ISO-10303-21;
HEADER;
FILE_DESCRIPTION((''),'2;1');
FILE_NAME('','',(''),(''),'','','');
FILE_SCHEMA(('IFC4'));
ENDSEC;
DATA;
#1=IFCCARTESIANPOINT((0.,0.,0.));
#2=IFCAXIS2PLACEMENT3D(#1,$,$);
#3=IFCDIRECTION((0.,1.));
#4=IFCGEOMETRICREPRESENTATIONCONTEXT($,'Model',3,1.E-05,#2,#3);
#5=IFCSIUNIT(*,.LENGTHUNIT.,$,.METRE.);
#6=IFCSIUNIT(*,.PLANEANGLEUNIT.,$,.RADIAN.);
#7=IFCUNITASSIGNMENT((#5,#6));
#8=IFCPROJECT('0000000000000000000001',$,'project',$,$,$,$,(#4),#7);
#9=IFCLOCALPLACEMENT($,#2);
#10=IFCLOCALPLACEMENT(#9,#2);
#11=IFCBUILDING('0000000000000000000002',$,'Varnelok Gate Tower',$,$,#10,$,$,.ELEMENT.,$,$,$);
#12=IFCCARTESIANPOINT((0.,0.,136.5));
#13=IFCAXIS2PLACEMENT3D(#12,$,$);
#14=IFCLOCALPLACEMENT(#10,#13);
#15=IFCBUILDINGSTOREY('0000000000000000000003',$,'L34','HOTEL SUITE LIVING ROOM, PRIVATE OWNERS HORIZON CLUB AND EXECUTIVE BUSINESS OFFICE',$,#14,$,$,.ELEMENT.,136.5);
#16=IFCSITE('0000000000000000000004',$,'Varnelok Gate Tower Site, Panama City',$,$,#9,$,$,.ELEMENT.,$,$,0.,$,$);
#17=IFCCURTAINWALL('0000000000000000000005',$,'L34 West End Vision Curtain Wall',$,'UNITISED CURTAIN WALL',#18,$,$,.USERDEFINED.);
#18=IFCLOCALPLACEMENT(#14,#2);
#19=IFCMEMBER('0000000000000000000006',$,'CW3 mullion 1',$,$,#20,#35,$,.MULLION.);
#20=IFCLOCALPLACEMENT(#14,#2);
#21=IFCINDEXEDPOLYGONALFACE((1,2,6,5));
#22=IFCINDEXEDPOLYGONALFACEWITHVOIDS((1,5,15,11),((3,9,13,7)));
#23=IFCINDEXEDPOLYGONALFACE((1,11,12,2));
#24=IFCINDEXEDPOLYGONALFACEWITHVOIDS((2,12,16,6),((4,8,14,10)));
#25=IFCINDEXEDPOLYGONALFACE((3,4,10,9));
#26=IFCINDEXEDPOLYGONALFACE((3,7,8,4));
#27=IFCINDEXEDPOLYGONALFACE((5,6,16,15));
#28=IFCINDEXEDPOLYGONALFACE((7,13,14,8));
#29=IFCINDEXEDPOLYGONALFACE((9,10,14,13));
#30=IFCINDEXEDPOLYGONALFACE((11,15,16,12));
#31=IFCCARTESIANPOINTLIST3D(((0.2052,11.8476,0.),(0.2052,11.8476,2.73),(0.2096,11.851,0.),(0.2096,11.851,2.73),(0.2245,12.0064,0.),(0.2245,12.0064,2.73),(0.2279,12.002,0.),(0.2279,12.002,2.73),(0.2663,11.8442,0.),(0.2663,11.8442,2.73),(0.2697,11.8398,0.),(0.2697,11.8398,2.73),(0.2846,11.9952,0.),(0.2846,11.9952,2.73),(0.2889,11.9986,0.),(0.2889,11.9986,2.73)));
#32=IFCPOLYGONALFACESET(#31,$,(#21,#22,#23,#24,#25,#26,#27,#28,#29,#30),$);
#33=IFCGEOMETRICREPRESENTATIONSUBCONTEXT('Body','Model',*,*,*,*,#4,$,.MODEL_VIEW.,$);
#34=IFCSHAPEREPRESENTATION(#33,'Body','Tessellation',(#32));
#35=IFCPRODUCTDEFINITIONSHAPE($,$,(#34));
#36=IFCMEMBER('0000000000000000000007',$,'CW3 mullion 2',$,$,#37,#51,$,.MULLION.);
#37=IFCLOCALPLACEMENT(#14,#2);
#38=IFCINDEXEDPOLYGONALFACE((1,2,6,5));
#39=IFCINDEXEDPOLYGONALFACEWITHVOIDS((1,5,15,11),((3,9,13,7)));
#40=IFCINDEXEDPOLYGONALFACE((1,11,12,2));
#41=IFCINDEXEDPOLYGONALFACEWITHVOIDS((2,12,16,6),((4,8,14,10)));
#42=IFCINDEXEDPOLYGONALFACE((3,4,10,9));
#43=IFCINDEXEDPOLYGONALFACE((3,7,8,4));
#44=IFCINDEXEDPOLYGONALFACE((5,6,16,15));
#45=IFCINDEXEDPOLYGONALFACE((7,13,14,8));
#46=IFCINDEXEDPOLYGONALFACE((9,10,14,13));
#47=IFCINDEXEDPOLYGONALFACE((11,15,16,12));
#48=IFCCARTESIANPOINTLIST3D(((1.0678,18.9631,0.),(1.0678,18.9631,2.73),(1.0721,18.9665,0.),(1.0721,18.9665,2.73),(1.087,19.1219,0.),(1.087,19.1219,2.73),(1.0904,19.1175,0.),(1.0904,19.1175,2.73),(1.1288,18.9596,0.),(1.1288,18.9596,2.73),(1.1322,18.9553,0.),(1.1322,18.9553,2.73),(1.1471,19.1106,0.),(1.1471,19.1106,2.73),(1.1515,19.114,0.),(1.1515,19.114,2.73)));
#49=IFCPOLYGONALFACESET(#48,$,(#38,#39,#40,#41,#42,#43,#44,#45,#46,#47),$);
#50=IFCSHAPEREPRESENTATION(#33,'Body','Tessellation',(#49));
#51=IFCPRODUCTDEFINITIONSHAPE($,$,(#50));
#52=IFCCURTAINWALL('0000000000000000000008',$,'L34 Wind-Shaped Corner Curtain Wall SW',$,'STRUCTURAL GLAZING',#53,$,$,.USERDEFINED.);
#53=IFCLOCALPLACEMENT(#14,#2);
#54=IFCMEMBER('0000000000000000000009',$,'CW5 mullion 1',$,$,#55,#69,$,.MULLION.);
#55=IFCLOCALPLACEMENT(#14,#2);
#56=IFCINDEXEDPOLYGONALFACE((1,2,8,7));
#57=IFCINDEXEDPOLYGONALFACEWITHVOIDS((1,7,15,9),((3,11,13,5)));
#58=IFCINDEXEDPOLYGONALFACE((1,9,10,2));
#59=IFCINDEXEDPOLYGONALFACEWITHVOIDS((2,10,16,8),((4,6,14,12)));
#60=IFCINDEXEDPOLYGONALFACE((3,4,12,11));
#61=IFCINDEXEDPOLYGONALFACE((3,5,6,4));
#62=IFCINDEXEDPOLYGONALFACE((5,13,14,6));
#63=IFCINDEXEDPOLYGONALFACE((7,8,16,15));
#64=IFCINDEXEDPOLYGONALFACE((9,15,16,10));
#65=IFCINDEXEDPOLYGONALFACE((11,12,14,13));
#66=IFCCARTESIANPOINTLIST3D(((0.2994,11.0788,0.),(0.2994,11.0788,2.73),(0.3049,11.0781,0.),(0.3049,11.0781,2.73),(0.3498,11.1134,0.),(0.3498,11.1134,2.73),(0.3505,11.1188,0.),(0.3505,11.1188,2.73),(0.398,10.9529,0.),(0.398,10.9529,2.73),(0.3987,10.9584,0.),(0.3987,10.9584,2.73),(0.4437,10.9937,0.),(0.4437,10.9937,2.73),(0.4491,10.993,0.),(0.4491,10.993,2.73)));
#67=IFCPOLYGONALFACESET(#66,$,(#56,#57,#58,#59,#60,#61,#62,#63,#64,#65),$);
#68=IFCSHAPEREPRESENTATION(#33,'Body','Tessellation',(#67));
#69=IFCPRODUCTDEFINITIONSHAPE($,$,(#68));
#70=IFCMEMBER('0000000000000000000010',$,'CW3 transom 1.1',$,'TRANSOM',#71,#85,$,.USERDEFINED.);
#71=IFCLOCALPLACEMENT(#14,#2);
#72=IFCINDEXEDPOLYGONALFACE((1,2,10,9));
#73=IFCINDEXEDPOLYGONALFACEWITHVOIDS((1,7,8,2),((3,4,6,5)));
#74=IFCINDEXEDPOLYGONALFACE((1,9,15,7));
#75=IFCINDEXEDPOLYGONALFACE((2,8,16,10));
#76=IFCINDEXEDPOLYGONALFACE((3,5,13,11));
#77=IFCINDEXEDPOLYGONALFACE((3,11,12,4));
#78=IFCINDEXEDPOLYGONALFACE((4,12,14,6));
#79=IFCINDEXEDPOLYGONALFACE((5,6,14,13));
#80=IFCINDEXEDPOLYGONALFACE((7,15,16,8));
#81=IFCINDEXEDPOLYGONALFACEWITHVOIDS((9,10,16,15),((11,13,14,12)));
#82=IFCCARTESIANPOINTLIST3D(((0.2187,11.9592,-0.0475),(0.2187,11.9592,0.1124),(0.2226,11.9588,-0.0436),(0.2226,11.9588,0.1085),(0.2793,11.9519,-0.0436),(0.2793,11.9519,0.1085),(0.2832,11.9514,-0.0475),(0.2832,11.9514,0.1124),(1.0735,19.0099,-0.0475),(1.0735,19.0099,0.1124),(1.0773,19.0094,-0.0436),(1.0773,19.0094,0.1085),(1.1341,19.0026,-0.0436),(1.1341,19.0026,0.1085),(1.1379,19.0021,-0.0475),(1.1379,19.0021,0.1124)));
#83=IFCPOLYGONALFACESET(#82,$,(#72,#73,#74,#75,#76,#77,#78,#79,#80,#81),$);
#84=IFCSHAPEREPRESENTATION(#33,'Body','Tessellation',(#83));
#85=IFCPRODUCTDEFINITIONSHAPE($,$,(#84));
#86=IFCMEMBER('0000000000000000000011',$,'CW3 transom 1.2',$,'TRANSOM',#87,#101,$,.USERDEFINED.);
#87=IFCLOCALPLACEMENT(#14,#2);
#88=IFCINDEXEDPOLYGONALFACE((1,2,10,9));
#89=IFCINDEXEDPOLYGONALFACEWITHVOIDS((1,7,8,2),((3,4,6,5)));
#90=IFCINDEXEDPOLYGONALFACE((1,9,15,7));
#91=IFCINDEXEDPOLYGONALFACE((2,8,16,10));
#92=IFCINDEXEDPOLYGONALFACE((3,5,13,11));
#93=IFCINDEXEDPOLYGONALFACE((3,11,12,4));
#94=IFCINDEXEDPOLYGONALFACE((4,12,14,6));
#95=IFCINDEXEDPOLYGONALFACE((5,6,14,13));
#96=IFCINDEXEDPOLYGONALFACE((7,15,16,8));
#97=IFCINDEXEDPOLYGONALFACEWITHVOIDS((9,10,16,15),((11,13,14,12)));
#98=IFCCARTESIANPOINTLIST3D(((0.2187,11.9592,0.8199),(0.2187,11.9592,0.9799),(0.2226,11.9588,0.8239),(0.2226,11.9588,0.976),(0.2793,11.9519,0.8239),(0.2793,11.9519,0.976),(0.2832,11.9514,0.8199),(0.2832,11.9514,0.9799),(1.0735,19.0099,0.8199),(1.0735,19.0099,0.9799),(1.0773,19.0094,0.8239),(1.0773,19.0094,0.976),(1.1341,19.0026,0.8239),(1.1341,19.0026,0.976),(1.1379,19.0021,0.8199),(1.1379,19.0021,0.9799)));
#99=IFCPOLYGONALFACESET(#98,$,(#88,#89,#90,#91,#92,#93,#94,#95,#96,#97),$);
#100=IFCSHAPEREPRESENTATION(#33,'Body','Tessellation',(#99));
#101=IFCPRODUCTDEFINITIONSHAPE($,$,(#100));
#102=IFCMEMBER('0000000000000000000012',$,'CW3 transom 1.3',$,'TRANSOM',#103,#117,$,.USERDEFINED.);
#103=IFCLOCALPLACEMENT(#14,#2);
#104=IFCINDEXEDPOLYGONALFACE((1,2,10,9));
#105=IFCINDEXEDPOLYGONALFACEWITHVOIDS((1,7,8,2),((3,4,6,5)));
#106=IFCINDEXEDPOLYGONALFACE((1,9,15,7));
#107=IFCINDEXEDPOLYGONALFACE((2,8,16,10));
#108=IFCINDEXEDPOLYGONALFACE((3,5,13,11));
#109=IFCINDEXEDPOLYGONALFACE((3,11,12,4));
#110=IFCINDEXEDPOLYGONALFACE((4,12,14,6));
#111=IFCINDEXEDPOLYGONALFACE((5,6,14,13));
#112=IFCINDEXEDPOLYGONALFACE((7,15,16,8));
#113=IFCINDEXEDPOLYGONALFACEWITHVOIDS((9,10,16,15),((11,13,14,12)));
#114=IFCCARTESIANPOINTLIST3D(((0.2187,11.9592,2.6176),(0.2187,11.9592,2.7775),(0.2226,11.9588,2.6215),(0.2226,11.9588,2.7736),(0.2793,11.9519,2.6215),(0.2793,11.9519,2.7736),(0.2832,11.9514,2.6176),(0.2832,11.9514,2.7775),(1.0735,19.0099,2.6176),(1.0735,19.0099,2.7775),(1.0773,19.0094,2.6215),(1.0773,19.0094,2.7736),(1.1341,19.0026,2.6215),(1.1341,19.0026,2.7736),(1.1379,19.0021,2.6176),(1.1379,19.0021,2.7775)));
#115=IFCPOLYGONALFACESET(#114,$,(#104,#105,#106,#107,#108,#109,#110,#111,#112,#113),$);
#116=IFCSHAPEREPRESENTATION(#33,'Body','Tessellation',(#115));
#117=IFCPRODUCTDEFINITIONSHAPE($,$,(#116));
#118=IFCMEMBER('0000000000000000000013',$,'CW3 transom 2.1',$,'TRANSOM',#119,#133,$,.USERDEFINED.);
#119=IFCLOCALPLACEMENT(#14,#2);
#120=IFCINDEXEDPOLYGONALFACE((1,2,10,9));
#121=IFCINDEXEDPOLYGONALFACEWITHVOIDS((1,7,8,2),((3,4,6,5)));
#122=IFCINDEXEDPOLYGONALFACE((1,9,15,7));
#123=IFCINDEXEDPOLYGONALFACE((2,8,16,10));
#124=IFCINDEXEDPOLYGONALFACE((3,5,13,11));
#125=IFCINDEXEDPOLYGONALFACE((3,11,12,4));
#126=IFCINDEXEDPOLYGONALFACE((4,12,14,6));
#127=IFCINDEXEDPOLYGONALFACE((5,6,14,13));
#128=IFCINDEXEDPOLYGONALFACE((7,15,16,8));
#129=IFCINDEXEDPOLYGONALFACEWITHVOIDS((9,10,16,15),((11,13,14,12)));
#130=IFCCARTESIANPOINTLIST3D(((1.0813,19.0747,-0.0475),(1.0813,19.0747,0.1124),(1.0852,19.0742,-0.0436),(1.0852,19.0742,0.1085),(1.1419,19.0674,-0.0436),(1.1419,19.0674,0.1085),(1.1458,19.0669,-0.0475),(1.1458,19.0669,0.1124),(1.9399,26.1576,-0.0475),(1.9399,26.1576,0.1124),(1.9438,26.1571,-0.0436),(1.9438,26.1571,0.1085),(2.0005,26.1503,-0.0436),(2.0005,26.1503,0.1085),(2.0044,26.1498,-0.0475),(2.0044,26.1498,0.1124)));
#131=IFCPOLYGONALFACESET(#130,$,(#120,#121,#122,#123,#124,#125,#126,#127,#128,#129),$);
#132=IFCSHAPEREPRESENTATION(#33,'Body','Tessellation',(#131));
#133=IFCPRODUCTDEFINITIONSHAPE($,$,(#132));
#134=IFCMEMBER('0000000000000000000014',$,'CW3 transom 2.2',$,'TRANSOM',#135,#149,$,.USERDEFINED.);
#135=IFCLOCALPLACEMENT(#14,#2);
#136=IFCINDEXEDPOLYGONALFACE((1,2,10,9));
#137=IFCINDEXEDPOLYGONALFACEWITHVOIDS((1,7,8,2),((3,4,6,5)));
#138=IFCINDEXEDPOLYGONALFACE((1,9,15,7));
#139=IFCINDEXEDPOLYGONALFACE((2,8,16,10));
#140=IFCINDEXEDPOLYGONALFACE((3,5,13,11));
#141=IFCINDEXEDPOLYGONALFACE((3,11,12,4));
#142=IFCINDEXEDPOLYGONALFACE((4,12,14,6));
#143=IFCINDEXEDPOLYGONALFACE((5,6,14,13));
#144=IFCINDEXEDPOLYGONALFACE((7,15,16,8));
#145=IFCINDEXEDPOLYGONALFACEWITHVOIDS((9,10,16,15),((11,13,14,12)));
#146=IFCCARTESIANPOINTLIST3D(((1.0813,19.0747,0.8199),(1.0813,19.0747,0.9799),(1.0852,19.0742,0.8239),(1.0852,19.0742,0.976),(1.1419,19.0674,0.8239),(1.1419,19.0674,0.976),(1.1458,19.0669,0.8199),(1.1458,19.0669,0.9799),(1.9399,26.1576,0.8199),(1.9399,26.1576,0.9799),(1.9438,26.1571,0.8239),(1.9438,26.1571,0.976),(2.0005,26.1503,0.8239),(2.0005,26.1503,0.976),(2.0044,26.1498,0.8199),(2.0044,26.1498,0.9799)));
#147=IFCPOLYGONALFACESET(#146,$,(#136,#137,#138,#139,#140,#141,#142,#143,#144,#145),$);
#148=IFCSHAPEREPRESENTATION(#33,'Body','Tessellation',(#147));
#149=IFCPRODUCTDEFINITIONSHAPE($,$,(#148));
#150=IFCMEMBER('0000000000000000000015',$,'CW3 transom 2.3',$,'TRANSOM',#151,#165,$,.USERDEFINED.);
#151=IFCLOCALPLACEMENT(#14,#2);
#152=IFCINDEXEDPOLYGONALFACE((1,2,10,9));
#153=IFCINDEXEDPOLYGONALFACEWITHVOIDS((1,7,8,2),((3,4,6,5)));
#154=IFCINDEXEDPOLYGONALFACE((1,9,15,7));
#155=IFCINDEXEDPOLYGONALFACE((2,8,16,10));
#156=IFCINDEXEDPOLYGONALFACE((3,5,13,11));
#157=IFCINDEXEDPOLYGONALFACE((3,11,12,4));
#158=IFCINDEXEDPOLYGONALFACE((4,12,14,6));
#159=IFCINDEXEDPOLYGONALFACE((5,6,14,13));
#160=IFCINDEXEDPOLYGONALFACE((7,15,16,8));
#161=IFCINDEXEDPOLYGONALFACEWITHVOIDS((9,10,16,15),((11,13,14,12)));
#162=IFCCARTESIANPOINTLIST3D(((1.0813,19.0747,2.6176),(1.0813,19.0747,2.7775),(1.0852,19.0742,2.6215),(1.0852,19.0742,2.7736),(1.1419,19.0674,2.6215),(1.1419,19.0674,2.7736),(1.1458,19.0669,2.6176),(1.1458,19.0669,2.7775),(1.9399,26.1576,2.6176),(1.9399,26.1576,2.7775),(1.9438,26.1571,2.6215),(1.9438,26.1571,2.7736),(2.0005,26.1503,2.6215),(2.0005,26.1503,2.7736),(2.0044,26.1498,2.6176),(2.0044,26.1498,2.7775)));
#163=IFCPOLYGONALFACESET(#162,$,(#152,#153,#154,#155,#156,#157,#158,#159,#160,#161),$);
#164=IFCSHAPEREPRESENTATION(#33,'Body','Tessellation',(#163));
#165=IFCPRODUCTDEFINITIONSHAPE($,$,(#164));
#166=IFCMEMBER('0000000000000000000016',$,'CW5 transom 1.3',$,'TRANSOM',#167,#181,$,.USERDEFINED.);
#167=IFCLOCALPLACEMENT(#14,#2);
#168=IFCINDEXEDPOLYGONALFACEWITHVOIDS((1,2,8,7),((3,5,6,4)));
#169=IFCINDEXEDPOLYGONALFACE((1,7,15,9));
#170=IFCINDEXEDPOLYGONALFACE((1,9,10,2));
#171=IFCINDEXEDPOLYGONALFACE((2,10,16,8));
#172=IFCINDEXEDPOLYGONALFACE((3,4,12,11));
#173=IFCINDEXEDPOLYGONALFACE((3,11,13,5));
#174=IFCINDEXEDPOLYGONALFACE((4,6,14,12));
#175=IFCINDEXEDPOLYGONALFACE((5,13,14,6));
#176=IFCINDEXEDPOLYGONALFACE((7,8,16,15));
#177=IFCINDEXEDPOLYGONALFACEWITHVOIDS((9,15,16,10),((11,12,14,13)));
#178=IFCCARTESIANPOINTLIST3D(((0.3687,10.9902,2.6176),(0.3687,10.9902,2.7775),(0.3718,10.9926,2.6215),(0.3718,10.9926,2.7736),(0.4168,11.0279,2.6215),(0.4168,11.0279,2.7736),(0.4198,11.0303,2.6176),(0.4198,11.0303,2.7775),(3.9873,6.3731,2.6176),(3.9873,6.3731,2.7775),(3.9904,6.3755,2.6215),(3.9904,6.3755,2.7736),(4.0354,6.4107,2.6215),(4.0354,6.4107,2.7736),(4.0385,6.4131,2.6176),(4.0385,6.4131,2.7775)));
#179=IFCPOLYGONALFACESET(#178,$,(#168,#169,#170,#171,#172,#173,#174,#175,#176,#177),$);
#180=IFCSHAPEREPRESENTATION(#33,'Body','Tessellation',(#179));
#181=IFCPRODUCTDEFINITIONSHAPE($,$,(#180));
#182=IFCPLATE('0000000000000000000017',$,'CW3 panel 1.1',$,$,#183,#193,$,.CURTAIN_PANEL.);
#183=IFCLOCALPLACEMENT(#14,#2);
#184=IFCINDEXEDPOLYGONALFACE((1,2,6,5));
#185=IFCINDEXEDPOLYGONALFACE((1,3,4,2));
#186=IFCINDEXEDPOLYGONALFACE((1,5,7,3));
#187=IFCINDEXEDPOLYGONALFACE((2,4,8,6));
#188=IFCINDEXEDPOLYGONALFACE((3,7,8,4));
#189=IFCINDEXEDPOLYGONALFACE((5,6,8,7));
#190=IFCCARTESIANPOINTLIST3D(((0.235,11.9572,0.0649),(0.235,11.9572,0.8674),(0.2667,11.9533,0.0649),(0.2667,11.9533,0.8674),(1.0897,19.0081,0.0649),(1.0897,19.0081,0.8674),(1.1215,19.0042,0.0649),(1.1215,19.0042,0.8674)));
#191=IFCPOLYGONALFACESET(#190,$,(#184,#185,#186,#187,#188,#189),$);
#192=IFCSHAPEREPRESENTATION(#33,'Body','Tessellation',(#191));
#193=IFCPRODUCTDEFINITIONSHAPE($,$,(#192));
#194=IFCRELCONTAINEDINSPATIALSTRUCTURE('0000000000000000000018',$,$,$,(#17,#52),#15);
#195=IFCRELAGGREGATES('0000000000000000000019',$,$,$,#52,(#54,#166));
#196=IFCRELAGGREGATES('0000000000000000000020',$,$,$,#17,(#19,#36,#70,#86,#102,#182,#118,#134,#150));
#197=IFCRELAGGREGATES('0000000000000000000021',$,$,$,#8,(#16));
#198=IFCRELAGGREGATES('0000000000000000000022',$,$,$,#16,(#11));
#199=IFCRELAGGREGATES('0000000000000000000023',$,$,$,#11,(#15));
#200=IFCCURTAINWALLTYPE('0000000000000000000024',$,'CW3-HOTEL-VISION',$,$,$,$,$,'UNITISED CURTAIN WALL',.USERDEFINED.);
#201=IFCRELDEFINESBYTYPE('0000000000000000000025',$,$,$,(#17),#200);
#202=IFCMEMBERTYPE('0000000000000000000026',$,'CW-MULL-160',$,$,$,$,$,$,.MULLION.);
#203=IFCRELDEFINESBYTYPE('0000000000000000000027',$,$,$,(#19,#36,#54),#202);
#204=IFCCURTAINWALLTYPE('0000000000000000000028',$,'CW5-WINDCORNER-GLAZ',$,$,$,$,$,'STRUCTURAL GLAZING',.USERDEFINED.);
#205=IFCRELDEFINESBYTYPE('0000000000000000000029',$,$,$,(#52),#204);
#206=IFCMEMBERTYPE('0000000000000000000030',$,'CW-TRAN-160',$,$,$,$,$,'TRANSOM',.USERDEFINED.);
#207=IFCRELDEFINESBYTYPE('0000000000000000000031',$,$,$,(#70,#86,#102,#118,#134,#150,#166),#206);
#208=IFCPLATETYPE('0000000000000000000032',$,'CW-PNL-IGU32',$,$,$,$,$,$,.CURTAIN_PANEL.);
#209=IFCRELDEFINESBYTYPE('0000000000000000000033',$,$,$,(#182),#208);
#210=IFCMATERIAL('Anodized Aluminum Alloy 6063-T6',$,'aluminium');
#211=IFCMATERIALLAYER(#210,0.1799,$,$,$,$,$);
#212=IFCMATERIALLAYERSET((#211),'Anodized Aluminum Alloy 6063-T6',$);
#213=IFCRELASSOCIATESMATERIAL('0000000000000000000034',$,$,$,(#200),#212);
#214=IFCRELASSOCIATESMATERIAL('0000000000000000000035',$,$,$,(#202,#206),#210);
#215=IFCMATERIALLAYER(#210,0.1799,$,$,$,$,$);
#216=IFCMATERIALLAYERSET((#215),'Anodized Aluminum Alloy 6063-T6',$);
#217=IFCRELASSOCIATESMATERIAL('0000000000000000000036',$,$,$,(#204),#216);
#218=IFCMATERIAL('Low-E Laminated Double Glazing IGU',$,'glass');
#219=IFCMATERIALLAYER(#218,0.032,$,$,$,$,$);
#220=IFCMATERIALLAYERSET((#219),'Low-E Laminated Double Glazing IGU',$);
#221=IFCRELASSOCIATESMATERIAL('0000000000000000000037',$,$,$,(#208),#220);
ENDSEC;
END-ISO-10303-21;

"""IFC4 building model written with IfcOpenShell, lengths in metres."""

from ifc_helpers import new_model, si_unit, direction, frame, origin, origin_2d, place, context, subcontext, project, spatial, rectangle, hollow_rectangle, extrude, source, transform, mapped, material, layer, layer_set, material_profile, profile_set, type_object, element, aggregate, save


model = new_model("IFC4")

# Units and contexts
model_context = context("Model", 3, precision=1e-05, world=origin(), true_north=direction((0.0, 1.0)))
body_context = subcontext(model_context, "Body", "Model", "MODEL_VIEW")
ifc_project = project(units=[si_unit("LENGTHUNIT", "METRE"), si_unit("PLANEANGLEUNIT", "RADIAN")], contexts=[model_context])

# Site, building, storey
site_placement = place(None, origin())
site = spatial("IfcSite", under=ifc_project, at=site_placement, Name="Varnelok Gate Tower Site, Panama City", CompositionType="ELEMENT", RefElevation=0.0)
building_placement = place(site_placement, origin())
building = spatial("IfcBuilding", under=site, at=building_placement, Name="Varnelok Gate Tower", CompositionType="ELEMENT")
storey_placement = place(building_placement, frame((0.0, 0.0, 136.5)))
storey = spatial("IfcBuildingStorey", under=building, at=storey_placement, Name="L34", Description="HOTEL SUITE LIVING ROOM, PRIVATE OWNERS HORIZON CLUB AND EXECUTIVE BUSINESS OFFICE", CompositionType="ELEMENT", Elevation=136.5)

# Curtain wall, members
ifc_material_1 = material(Name="Anodized Aluminum Alloy 6063-T6", Category="aluminium")
ifc_layer_1 = layer(ifc_material_1, 0.1799)
ifc_layer_set_1 = layer_set([ifc_layer_1], Name="Anodized Aluminum Alloy 6063-T6")
curtain_wall_type_1 = type_object("IfcCurtainWallType", Name="CW3-HOTEL-VISION", ElementType="UNITISED CURTAIN WALL", PredefinedType="USERDEFINED", material=ifc_layer_set_1)
curtain_wall_1_placement = place(storey_placement, origin())
curtain_wall_1 = element("IfcCurtainWall", 1, at=curtain_wall_1_placement, inside=storey, type_object=curtain_wall_type_1, Name="L34 West End Vision Curtain Wall", ObjectType="UNITISED CURTAIN WALL", PredefinedType="USERDEFINED")
ifc_material_profile_1 = material_profile(ifc_material_1, hollow_rectangle(XDim=0.0649, YDim=0.1599, WallThickness=0.0039, at=origin_2d()), Name="ALU160X65X4")
ifc_profile_set_1 = profile_set([ifc_material_profile_1], Name="Anodized Aluminum Alloy 6063-T6")
member_type_1 = type_object("IfcMemberType", Name="CW-MULL-160", PredefinedType="MULLION", material=ifc_profile_set_1)
member_1_placement = place(storey_placement, frame((0.2471, 11.9231, 0.0), z_axis=(0.0, 0.0, 1.0), x_axis=(-0.992732, 0.120347, 0.0)))
member_1 = element("IfcMember", 2, at=member_1_placement, type_object=member_type_1, Name="CW3 mullion 1", PredefinedType="MULLION", context=body_context, shape_type="SweptSolid", body=[
    extrude(hollow_rectangle(XDim=0.0649, YDim=0.1599, WallThickness=0.0039, at=origin_2d()), origin(), (0.0, 0.0, 1.0), 2.73),
])
member_2_placement = place(storey_placement, frame((1.1096, 19.0386, 0.0), z_axis=(0.0, 0.0, 1.0), x_axis=(-0.992732, 0.120347, 0.0)))
member_2 = element("IfcMember", 3, at=member_2_placement, type_object=member_type_1, Name="CW3 mullion 2", PredefinedType="MULLION", context=body_context, shape_type="SweptSolid", body=[
    extrude(hollow_rectangle(XDim=0.0649, YDim=0.1599, WallThickness=0.0039, at=origin_2d()), origin(), (0.0, 0.0, 1.0), 2.73),
])

# Curtain wall, member
ifc_layer_2 = layer(ifc_material_1, 0.1799)
ifc_layer_set_2 = layer_set([ifc_layer_2], Name="Anodized Aluminum Alloy 6063-T6")
curtain_wall_type_2 = type_object("IfcCurtainWallType", Name="CW5-WINDCORNER-GLAZ", ElementType="STRUCTURAL GLAZING", PredefinedType="USERDEFINED", material=ifc_layer_set_2)
curtain_wall_2_placement = place(storey_placement, origin())
curtain_wall_2 = element("IfcCurtainWall", 4, at=curtain_wall_2_placement, inside=storey, type_object=curtain_wall_type_2, Name="L34 Wind-Shaped Corner Curtain Wall SW", ObjectType="STRUCTURAL GLAZING", PredefinedType="USERDEFINED")
member_3_placement = place(storey_placement, frame((0.3743, 11.0359, 0.0), z_axis=(0.0, 0.0, 1.0), x_axis=(0.787055, 0.616883, 0.0)))
member_3 = element("IfcMember", 5, at=member_3_placement, type_object=member_type_1, Name="CW5 mullion 1", PredefinedType="MULLION", context=body_context, shape_type="SweptSolid", body=[
    extrude(hollow_rectangle(XDim=0.0649, YDim=0.1599, WallThickness=0.0039, at=origin_2d()), origin(), (0.0, 0.0, 1.0), 2.73),
])

# Members
ifc_material_profile_2 = material_profile(ifc_material_1, hollow_rectangle(XDim=0.0649, YDim=0.1599, WallThickness=0.0039, at=origin_2d()), Name="ALU160X65X4")
ifc_profile_set_2 = profile_set([ifc_material_profile_2], Name="Anodized Aluminum Alloy 6063-T6")
member_type_2 = type_object("IfcMemberType", Name="CW-TRAN-160", ElementType="TRANSOM", PredefinedType="USERDEFINED", material=ifc_profile_set_2)
member_4_placement = place(storey_placement, frame((0.251, 11.9553, 0.0325), z_axis=(0.120345, 0.992732, 0.0), x_axis=(-0.992732, 0.120345, 0.0)))
member_4 = element("IfcMember", 6, at=member_4_placement, type_object=member_type_2, Name="CW3 transom 1.1", ObjectType="TRANSOM", PredefinedType="USERDEFINED", context=body_context, shape_type="SweptSolid", body=[
    extrude(hollow_rectangle(XDim=0.0649, YDim=0.1599, WallThickness=0.0039, at=origin_2d()), origin(), (0.0, 0.0, 1.0), 7.1023),
])
member_5_placement = place(storey_placement, frame((0.251, 11.9553, 0.8999), z_axis=(0.120345, 0.992732, 0.0), x_axis=(-0.992732, 0.120345, 0.0)))
member_5 = element("IfcMember", 7, at=member_5_placement, type_object=member_type_2, Name="CW3 transom 1.2", ObjectType="TRANSOM", PredefinedType="USERDEFINED", context=body_context, shape_type="SweptSolid", body=[
    extrude(hollow_rectangle(XDim=0.0649, YDim=0.1599, WallThickness=0.0039, at=origin_2d()), origin(), (0.0, 0.0, 1.0), 7.1023),
])
member_6_placement = place(storey_placement, frame((0.251, 11.9553, 2.6975), z_axis=(0.120345, 0.992732, 0.0), x_axis=(-0.992732, 0.120345, 0.0)))
member_6 = element("IfcMember", 8, at=member_6_placement, type_object=member_type_2, Name="CW3 transom 1.3", ObjectType="TRANSOM", PredefinedType="USERDEFINED", context=body_context, shape_type="SweptSolid", body=[
    extrude(hollow_rectangle(XDim=0.0649, YDim=0.1599, WallThickness=0.0039, at=origin_2d()), origin(), (0.0, 0.0, 1.0), 7.1023),
])
member_7_placement = place(storey_placement, frame((1.1135, 19.0708, 0.0325), z_axis=(0.120345, 0.992732, 0.0), x_axis=(-0.992732, 0.120345, 0.0)))
member_7 = element("IfcMember", 9, at=member_7_placement, type_object=member_type_2, Name="CW3 transom 2.1", ObjectType="TRANSOM", PredefinedType="USERDEFINED", context=body_context, shape_type="SweptSolid", body=[
    extrude(hollow_rectangle(XDim=0.0649, YDim=0.1599, WallThickness=0.0039, at=origin_2d()), origin(), (0.0, 0.0, 1.0), 7.1348),
])
member_8_placement = place(storey_placement, frame((1.1135, 19.0708, 0.8999), z_axis=(0.120345, 0.992732, 0.0), x_axis=(-0.992732, 0.120345, 0.0)))
member_8 = element("IfcMember", 10, at=member_8_placement, type_object=member_type_2, Name="CW3 transom 2.2", ObjectType="TRANSOM", PredefinedType="USERDEFINED", context=body_context, shape_type="SweptSolid", body=[
    extrude(hollow_rectangle(XDim=0.0649, YDim=0.1599, WallThickness=0.0039, at=origin_2d()), origin(), (0.0, 0.0, 1.0), 7.1348),
])
member_9_placement = place(storey_placement, frame((1.1135, 19.0708, 2.6975), z_axis=(0.120345, 0.992732, 0.0), x_axis=(-0.992732, 0.120345, 0.0)))
member_9 = element("IfcMember", 11, at=member_9_placement, type_object=member_type_2, Name="CW3 transom 2.3", ObjectType="TRANSOM", PredefinedType="USERDEFINED", context=body_context, shape_type="SweptSolid", body=[
    extrude(hollow_rectangle(XDim=0.0649, YDim=0.1599, WallThickness=0.0039, at=origin_2d()), origin(), (0.0, 0.0, 1.0), 7.1348),
])
member_10_placement = place(storey_placement, frame((0.3943, 11.0103, 2.6975), z_axis=(0.616858, -0.787074, 0.0), x_axis=(0.787074, 0.616858, 0.0)))
member_10 = element("IfcMember", 12, at=member_10_placement, type_object=member_type_2, Name="CW5 transom 1.3", ObjectType="TRANSOM", PredefinedType="USERDEFINED", context=body_context, shape_type="SweptSolid", body=[
    extrude(hollow_rectangle(XDim=0.0649, YDim=0.1599, WallThickness=0.0039, at=origin_2d()), origin(), (0.0, 0.0, 1.0), 5.8662),
])
aggregate(curtain_wall_2, [member_3, member_10])

# Plate
ifc_material_2 = material(Name="Low-E Laminated Double Glazing IGU", Category="glass")
ifc_layer_3 = layer(ifc_material_2, 0.032)
ifc_layer_set_3 = layer_set([ifc_layer_3], Name="Low-E Laminated Double Glazing IGU")
plate_type = type_object("IfcPlateType", Name="CW-PNL-IGU32", PredefinedType="CURTAIN_PANEL", material=ifc_layer_set_3)
shared_shape_1 = source(origin(), body_context, "Body", "SweptSolid", [
    extrude(rectangle(XDim=7.1025, YDim=0.032, at=origin_2d()), origin(), (0.0, 0.0, 1.0), 0.8025),
])
plate_1_placement = place(storey_placement, frame((0.6782, 15.4807, 0.0649), z_axis=(0.0, 0.0, 1.0), x_axis=(0.120347, 0.992732, 0.0)))
plate_1 = element("IfcPlate", 13, at=plate_1_placement, type_object=plate_type, Name="CW3 panel 1.1", PredefinedType="CURTAIN_PANEL", context=body_context, shape_type="MappedRepresentation", body=[
    mapped(shared_shape_1, transform((0.0, 0.0, 0.0), scale=1.0)),
])
aggregate(curtain_wall_1, [member_1, member_2, member_4, member_5, member_6, plate_1, member_7, member_8, member_9])

save(model, "model.ifc")
